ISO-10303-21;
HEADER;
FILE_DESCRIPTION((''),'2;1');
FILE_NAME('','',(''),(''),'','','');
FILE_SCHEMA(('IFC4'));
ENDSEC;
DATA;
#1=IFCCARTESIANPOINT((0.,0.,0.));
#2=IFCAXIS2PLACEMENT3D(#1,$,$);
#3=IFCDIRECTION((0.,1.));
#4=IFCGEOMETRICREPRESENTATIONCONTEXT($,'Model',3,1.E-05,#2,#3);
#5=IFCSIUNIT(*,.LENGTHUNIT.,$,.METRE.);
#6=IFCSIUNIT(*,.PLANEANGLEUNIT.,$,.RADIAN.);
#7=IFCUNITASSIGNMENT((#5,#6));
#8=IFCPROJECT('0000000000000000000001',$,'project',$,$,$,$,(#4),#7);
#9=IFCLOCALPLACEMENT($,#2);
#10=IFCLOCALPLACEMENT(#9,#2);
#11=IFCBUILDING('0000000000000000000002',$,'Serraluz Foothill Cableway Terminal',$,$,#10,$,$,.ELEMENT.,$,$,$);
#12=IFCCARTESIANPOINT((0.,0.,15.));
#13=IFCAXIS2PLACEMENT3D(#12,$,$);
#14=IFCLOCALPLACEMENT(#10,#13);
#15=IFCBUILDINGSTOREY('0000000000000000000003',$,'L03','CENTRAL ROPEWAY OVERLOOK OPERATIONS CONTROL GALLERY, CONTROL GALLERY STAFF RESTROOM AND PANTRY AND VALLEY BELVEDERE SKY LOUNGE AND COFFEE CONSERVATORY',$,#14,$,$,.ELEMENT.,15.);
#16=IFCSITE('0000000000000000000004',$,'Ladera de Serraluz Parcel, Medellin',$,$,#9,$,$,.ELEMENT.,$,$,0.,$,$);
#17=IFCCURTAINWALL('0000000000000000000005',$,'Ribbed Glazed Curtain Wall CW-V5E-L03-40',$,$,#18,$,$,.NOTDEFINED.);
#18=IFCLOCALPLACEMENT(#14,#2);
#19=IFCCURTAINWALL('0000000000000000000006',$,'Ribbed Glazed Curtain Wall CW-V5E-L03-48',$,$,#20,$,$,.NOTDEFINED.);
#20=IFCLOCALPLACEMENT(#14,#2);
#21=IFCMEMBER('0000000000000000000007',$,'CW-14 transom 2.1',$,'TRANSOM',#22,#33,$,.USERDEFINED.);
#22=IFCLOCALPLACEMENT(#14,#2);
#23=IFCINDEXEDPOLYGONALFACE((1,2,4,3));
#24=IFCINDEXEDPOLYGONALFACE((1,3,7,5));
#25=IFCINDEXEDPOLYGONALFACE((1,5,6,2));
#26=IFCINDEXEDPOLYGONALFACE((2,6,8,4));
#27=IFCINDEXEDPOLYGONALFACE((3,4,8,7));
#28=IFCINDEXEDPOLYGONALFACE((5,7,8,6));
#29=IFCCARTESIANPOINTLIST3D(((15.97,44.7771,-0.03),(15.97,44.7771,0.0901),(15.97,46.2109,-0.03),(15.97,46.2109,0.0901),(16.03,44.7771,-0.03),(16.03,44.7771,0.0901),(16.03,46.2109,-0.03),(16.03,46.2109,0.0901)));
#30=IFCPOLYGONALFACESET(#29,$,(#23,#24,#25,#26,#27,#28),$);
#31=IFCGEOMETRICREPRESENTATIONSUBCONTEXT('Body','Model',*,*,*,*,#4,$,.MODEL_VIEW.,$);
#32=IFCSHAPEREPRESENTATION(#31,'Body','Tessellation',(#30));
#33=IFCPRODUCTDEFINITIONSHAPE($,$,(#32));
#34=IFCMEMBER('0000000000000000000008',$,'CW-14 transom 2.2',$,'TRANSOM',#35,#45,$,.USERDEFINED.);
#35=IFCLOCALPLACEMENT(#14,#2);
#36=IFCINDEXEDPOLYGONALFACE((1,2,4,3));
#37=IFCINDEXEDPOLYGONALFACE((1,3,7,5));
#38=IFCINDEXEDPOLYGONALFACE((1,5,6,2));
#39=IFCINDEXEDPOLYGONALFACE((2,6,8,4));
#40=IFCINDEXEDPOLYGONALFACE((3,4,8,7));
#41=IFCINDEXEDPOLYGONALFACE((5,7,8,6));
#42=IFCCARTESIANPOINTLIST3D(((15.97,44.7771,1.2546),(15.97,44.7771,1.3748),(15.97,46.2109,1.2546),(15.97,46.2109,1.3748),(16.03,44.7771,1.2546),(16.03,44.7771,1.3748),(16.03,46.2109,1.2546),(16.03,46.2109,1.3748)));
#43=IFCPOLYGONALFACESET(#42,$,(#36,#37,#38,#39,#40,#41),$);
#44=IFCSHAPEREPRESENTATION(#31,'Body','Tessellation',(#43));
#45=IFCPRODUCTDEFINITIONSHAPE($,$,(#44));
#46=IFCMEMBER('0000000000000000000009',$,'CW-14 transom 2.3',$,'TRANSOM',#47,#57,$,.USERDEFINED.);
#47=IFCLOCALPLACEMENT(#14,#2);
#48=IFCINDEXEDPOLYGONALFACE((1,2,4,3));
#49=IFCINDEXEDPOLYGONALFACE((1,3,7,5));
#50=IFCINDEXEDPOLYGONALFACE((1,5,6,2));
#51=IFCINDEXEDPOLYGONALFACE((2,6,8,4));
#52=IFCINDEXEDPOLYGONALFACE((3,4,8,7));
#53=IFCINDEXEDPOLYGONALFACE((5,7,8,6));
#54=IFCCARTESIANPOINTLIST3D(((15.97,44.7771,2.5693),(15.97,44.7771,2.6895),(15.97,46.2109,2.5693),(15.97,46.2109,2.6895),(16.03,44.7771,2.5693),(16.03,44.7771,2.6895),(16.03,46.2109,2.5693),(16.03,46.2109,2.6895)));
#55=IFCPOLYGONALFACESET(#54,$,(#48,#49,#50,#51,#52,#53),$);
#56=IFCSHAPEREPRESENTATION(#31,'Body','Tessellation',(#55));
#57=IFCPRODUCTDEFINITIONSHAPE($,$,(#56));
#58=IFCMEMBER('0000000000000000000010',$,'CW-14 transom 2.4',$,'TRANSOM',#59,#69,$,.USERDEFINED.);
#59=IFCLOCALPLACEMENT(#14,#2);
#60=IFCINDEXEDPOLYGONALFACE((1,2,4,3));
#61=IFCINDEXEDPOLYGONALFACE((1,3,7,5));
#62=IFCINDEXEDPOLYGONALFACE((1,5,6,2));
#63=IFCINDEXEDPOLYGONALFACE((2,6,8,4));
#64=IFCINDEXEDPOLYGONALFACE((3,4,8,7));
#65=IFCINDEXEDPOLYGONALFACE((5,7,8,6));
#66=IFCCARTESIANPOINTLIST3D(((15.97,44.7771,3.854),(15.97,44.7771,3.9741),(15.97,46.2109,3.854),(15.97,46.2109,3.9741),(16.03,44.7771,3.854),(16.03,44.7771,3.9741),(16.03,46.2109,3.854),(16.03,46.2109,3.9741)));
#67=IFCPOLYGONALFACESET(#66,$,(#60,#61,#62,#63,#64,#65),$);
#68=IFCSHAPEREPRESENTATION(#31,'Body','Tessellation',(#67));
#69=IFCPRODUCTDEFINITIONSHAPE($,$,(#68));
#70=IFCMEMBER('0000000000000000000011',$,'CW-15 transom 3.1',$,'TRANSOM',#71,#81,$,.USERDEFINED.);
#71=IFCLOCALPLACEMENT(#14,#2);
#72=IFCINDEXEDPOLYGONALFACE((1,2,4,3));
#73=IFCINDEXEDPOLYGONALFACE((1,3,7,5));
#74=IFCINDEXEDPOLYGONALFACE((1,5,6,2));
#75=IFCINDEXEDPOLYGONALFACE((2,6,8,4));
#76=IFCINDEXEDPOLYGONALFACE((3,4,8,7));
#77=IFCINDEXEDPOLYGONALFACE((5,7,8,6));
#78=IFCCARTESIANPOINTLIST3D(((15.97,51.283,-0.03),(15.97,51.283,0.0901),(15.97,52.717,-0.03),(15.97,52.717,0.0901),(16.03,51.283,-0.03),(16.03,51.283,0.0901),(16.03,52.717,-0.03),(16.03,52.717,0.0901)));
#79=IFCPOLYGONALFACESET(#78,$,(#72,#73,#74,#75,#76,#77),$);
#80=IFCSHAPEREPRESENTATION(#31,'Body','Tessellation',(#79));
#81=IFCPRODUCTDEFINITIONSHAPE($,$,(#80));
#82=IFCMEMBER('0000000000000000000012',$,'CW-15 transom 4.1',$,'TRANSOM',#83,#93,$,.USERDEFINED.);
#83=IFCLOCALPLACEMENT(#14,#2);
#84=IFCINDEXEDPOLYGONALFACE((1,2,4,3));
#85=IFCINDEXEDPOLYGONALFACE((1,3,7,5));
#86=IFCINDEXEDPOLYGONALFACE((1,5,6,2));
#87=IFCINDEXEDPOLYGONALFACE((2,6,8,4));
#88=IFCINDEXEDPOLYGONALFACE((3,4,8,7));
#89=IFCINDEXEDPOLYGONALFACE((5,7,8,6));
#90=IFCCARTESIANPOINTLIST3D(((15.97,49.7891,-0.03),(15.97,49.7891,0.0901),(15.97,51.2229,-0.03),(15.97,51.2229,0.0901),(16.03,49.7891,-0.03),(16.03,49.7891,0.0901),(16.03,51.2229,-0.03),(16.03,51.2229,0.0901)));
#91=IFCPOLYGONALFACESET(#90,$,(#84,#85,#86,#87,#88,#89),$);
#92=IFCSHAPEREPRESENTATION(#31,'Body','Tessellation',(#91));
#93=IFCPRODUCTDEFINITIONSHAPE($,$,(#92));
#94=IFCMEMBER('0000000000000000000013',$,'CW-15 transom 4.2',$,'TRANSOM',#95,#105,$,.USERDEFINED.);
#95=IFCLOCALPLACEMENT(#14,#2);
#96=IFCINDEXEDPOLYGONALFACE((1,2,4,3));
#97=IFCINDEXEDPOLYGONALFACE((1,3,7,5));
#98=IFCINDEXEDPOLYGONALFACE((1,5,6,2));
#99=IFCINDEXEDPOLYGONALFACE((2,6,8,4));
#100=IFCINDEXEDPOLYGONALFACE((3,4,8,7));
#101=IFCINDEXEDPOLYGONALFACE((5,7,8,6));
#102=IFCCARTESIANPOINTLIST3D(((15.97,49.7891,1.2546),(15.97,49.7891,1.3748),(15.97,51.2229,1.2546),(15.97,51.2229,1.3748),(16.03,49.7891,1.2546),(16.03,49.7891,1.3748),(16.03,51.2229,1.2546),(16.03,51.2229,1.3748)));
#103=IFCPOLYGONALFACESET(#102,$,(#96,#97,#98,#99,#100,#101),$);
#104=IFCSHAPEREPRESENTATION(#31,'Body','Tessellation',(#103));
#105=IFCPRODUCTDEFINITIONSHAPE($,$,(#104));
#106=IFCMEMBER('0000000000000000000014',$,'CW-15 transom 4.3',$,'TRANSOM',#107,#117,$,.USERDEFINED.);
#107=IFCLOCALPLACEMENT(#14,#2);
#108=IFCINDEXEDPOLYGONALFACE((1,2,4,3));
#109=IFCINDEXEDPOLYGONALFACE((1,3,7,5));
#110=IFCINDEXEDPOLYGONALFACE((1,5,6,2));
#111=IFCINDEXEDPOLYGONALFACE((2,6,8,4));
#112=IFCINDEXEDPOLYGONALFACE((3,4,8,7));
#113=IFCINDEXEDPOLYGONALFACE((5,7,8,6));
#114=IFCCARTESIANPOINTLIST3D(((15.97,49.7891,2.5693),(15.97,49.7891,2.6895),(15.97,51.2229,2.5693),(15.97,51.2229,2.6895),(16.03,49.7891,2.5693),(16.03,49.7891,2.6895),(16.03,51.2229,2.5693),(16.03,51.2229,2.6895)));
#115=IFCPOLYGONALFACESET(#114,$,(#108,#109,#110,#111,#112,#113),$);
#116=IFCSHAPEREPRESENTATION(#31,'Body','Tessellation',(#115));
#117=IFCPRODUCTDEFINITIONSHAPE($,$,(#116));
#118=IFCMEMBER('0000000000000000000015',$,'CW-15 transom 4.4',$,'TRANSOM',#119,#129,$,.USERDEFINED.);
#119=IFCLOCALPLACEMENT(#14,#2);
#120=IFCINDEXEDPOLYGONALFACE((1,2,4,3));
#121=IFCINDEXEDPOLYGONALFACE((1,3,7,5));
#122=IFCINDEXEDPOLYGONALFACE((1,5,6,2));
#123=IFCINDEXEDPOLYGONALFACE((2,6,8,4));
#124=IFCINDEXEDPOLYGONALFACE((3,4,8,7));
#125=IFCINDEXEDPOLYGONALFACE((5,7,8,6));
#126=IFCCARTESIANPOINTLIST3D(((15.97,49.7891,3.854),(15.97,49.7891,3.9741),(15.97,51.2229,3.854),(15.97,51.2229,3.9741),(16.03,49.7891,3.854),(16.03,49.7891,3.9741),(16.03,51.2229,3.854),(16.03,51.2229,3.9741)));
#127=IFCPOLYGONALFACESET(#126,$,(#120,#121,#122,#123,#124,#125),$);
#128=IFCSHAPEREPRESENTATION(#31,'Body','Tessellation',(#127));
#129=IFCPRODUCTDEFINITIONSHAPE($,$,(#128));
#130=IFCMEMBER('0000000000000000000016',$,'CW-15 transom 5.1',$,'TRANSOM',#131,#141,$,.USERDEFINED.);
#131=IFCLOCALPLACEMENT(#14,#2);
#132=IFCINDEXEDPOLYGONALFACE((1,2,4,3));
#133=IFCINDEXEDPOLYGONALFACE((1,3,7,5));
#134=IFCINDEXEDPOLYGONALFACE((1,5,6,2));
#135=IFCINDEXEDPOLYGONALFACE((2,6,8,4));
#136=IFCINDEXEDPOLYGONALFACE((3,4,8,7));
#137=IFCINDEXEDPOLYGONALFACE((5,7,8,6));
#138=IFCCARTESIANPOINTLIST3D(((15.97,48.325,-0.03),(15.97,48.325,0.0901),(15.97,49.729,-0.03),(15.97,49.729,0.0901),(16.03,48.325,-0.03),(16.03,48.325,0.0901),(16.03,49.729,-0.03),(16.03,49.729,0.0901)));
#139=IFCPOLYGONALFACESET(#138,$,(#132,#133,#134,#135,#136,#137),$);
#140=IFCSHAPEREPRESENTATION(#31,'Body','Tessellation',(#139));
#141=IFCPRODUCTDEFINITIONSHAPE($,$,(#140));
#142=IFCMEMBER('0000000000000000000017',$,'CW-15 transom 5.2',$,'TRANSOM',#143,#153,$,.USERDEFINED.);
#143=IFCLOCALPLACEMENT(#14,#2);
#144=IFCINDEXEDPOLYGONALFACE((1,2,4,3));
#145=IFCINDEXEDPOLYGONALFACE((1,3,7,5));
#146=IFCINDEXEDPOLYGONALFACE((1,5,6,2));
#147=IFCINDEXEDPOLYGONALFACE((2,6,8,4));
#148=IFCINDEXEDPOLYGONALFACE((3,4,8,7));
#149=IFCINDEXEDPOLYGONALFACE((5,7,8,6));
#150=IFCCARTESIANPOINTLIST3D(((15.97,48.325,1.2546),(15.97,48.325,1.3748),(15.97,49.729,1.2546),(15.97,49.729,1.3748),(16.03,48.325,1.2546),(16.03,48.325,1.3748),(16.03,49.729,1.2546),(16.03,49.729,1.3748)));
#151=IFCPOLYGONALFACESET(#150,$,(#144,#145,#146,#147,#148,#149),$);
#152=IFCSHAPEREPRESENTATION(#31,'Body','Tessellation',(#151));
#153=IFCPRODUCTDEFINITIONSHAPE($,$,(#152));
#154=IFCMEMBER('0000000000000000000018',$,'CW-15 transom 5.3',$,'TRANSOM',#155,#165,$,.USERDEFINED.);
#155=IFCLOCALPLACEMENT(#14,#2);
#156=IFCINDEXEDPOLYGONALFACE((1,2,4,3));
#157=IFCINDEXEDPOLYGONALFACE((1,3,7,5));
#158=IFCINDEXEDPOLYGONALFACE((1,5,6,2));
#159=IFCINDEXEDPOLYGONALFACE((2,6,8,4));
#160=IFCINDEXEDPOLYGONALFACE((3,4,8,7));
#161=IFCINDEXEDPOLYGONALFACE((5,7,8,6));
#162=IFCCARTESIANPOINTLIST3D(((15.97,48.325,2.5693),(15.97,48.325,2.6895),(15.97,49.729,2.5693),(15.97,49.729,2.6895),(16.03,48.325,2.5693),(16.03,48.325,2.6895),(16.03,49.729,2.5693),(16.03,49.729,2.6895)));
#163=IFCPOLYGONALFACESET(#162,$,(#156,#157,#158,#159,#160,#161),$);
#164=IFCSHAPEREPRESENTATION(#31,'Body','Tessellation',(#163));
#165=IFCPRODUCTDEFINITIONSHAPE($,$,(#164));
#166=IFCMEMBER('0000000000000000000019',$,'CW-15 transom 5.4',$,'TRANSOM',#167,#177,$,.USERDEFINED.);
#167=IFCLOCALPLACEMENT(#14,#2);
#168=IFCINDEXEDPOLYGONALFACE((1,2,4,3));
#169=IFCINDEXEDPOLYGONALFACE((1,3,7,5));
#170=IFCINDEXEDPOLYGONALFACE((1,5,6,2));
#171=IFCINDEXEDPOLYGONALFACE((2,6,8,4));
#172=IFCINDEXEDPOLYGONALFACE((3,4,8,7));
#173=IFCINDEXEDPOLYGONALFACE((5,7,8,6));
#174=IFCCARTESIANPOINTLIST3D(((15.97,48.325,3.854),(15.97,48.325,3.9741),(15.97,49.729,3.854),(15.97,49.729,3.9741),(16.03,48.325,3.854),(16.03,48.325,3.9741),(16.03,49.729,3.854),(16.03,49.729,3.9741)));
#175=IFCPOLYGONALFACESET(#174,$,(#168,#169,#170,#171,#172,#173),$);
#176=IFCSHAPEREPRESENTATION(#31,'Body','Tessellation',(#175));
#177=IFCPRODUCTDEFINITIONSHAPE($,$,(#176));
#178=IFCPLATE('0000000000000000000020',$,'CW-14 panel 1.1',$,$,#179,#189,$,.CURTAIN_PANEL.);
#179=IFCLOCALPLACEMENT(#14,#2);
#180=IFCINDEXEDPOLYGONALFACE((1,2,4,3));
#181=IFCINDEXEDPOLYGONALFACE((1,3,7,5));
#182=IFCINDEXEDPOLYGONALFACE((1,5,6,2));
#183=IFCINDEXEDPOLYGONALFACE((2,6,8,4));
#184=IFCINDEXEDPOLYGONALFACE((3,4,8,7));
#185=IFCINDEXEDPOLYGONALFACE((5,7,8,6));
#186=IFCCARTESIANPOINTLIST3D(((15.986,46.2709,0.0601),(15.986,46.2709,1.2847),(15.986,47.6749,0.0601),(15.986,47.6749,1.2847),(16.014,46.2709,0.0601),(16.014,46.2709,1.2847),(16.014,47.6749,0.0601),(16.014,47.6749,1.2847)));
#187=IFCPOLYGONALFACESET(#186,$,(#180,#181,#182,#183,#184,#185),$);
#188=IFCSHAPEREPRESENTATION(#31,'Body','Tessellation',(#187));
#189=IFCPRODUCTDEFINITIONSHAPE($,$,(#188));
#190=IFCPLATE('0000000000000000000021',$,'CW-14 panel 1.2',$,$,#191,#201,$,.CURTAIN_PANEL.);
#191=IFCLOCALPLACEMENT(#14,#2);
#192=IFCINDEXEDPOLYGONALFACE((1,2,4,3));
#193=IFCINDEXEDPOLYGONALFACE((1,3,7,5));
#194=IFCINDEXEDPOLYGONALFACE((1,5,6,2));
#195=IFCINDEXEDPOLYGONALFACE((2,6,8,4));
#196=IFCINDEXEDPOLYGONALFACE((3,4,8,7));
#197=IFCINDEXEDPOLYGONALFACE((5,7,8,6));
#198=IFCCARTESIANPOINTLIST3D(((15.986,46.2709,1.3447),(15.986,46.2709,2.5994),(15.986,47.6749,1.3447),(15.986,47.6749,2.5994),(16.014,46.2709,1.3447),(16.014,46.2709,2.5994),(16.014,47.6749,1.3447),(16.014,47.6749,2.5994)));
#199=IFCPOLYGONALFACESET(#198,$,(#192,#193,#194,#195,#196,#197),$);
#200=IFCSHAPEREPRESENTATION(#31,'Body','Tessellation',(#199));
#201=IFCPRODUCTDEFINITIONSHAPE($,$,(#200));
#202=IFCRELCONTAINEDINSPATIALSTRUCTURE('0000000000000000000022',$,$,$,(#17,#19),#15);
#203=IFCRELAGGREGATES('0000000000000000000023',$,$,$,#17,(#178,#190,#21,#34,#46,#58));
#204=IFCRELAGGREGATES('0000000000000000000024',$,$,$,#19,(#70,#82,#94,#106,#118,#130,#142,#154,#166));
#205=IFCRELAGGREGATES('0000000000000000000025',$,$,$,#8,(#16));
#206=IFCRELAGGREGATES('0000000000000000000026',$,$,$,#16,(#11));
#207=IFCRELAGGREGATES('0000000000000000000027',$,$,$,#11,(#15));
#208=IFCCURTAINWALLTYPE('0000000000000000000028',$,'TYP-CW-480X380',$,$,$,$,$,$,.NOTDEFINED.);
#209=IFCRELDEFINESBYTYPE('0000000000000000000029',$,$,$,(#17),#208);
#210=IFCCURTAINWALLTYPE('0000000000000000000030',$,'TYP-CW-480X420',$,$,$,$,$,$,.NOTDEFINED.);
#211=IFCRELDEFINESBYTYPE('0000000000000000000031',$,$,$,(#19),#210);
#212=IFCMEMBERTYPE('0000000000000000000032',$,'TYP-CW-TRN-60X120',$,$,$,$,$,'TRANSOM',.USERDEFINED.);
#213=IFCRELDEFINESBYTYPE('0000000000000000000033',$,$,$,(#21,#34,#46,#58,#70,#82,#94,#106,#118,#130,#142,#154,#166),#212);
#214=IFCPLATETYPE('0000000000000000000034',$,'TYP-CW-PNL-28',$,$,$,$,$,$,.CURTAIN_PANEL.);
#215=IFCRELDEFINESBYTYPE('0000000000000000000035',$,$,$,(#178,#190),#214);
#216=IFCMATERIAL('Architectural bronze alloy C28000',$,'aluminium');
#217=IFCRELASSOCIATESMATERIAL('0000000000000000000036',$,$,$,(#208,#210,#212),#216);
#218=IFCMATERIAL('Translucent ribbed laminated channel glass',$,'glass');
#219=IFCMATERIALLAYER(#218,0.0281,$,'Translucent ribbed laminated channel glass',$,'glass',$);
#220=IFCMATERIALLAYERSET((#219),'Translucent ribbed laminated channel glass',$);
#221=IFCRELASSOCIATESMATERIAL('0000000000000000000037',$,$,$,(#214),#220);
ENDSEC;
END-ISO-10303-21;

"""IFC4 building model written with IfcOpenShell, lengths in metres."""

from ifc_helpers import new_model, si_unit, direction, frame, origin, origin_2d, place, context, subcontext, project, spatial, rectangle, extrude, material, layer, layer_set, material_profile, profile_set, type_object, element, aggregate, save


model = new_model("IFC4")

# Units and contexts
model_context = context("Model", 3, precision=1e-05, world=origin(), true_north=direction((0.0, 1.0)))
body_context = subcontext(model_context, "Body", "Model", "MODEL_VIEW")
ifc_project = project(units=[si_unit("LENGTHUNIT", "METRE"), si_unit("PLANEANGLEUNIT", "RADIAN")], contexts=[model_context])

# Site, building, storey
site_placement = place(None, origin())
site = spatial("IfcSite", under=ifc_project, at=site_placement, Name="Ladera de Serraluz Parcel, Medellin", CompositionType="ELEMENT", RefElevation=0.0)
building_placement = place(site_placement, origin())
building = spatial("IfcBuilding", under=site, at=building_placement, Name="Serraluz Foothill Cableway Terminal", CompositionType="ELEMENT")
storey_placement = place(building_placement, frame((0.0, 0.0, 15.0)))
storey = spatial("IfcBuildingStorey", under=building, at=storey_placement, Name="L03", Description="CENTRAL ROPEWAY OVERLOOK OPERATIONS CONTROL GALLERY, CONTROL GALLERY STAFF RESTROOM AND PANTRY AND VALLEY BELVEDERE SKY LOUNGE AND COFFEE CONSERVATORY", CompositionType="ELEMENT", Elevation=15.0)

# Curtain walls
ifc_material_1 = material(Name="Architectural bronze alloy C28000", Category="aluminium")
curtain_wall_type_1 = type_object("IfcCurtainWallType", Name="TYP-CW-480X380", PredefinedType="NOTDEFINED", material=ifc_material_1)
curtain_wall_1_placement = place(storey_placement, origin())
curtain_wall_1 = element("IfcCurtainWall", 1, at=curtain_wall_1_placement, inside=storey, type_object=curtain_wall_type_1, Name="Ribbed Glazed Curtain Wall CW-V5E-L03-40", PredefinedType="NOTDEFINED")
curtain_wall_type_2 = type_object("IfcCurtainWallType", Name="TYP-CW-480X420", PredefinedType="NOTDEFINED", material=ifc_material_1)
curtain_wall_2_placement = place(storey_placement, origin())
curtain_wall_2 = element("IfcCurtainWall", 2, at=curtain_wall_2_placement, inside=storey, type_object=curtain_wall_type_2, Name="Ribbed Glazed Curtain Wall CW-V5E-L03-48", PredefinedType="NOTDEFINED")

# Members
ifc_material_profile_1 = material_profile(ifc_material_1, rectangle(XDim=0.0601, YDim=0.1201, at=origin_2d()), Name="ALU TRANSOM 60x120")
ifc_profile_set_1 = profile_set([ifc_material_profile_1], Name="Architectural bronze alloy C28000")
member_type_1 = type_object("IfcMemberType", Name="TYP-CW-TRN-60X120", ElementType="TRANSOM", PredefinedType="USERDEFINED", material=ifc_profile_set_1)
member_1_placement = place(storey_placement, frame((16.0, 46.2109, 0.03), z_axis=(0.0, -1.0, 0.0), x_axis=(1.0, 0.0, 0.0)))
member_1 = element("IfcMember", 3, at=member_1_placement, type_object=member_type_1, Name="CW-14 transom 2.1", ObjectType="TRANSOM", PredefinedType="USERDEFINED", context=body_context, shape_type="SweptSolid", body=[
    extrude(rectangle(XDim=0.0601, YDim=0.1201, at=origin_2d()), origin(), (0.0, 0.0, 1.0), 1.4338),
])
member_2_placement = place(storey_placement, frame((16.0, 46.2109, 1.3147), z_axis=(0.0, -1.0, 0.0), x_axis=(1.0, 0.0, 0.0)))
member_2 = element("IfcMember", 4, at=member_2_placement, type_object=member_type_1, Name="CW-14 transom 2.2", ObjectType="TRANSOM", PredefinedType="USERDEFINED", context=body_context, shape_type="SweptSolid", body=[
    extrude(rectangle(XDim=0.0601, YDim=0.1201, at=origin_2d()), origin(), (0.0, 0.0, 1.0), 1.4338),
])
member_3_placement = place(storey_placement, frame((16.0, 46.2109, 2.6294), z_axis=(0.0, -1.0, 0.0), x_axis=(1.0, 0.0, 0.0)))
member_3 = element("IfcMember", 5, at=member_3_placement, type_object=member_type_1, Name="CW-14 transom 2.3", ObjectType="TRANSOM", PredefinedType="USERDEFINED", context=body_context, shape_type="SweptSolid", body=[
    extrude(rectangle(XDim=0.0601, YDim=0.1201, at=origin_2d()), origin(), (0.0, 0.0, 1.0), 1.4338),
])
member_4_placement = place(storey_placement, frame((16.0, 46.2109, 3.9141), z_axis=(0.0, -1.0, 0.0), x_axis=(1.0, 0.0, 0.0)))
member_4 = element("IfcMember", 6, at=member_4_placement, type_object=member_type_1, Name="CW-14 transom 2.4", ObjectType="TRANSOM", PredefinedType="USERDEFINED", context=body_context, shape_type="SweptSolid", body=[
    extrude(rectangle(XDim=0.0601, YDim=0.1201, at=origin_2d()), origin(), (0.0, 0.0, 1.0), 1.4338),
])
member_5_placement = place(storey_placement, frame((16.0, 52.717, 0.03), z_axis=(0.0, -1.0, 0.0), x_axis=(1.0, 0.0, 0.0)))
member_5 = element("IfcMember", 7, at=member_5_placement, type_object=member_type_1, Name="CW-15 transom 3.1", ObjectType="TRANSOM", PredefinedType="USERDEFINED", context=body_context, shape_type="SweptSolid", body=[
    extrude(rectangle(XDim=0.0601, YDim=0.1201, at=origin_2d()), origin(), (0.0, 0.0, 1.0), 1.4341),
])
member_6_placement = place(storey_placement, frame((16.0, 51.2229, 0.03), z_axis=(0.0, -1.0, 0.0), x_axis=(1.0, 0.0, 0.0)))
member_6 = element("IfcMember", 8, at=member_6_placement, type_object=member_type_1, Name="CW-15 transom 4.1", ObjectType="TRANSOM", PredefinedType="USERDEFINED", context=body_context, shape_type="SweptSolid", body=[
    extrude(rectangle(XDim=0.0601, YDim=0.1201, at=origin_2d()), origin(), (0.0, 0.0, 1.0), 1.4338),
])
member_7_placement = place(storey_placement, frame((16.0, 51.2229, 1.3147), z_axis=(0.0, -1.0, 0.0), x_axis=(1.0, 0.0, 0.0)))
member_7 = element("IfcMember", 9, at=member_7_placement, type_object=member_type_1, Name="CW-15 transom 4.2", ObjectType="TRANSOM", PredefinedType="USERDEFINED", context=body_context, shape_type="SweptSolid", body=[
    extrude(rectangle(XDim=0.0601, YDim=0.1201, at=origin_2d()), origin(), (0.0, 0.0, 1.0), 1.4338),
])
member_8_placement = place(storey_placement, frame((16.0, 51.2229, 2.6294), z_axis=(0.0, -1.0, 0.0), x_axis=(1.0, 0.0, 0.0)))
member_8 = element("IfcMember", 10, at=member_8_placement, type_object=member_type_1, Name="CW-15 transom 4.3", ObjectType="TRANSOM", PredefinedType="USERDEFINED", context=body_context, shape_type="SweptSolid", body=[
    extrude(rectangle(XDim=0.0601, YDim=0.1201, at=origin_2d()), origin(), (0.0, 0.0, 1.0), 1.4338),
])
member_9_placement = place(storey_placement, frame((16.0, 51.2229, 3.9141), z_axis=(0.0, -1.0, 0.0), x_axis=(1.0, 0.0, 0.0)))
member_9 = element("IfcMember", 11, at=member_9_placement, type_object=member_type_1, Name="CW-15 transom 4.4", ObjectType="TRANSOM", PredefinedType="USERDEFINED", context=body_context, shape_type="SweptSolid", body=[
    extrude(rectangle(XDim=0.0601, YDim=0.1201, at=origin_2d()), origin(), (0.0, 0.0, 1.0), 1.4338),
])
member_10_placement = place(storey_placement, frame((16.0, 49.729, 0.03), z_axis=(0.0, -1.0, 0.0), x_axis=(1.0, 0.0, 0.0)))
member_10 = element("IfcMember", 12, at=member_10_placement, type_object=member_type_1, Name="CW-15 transom 5.1", ObjectType="TRANSOM", PredefinedType="USERDEFINED", context=body_context, shape_type="SweptSolid", body=[
    extrude(rectangle(XDim=0.0601, YDim=0.1201, at=origin_2d()), origin(), (0.0, 0.0, 1.0), 1.4041),
])
member_11_placement = place(storey_placement, frame((16.0, 49.729, 1.3147), z_axis=(0.0, -1.0, 0.0), x_axis=(1.0, 0.0, 0.0)))
member_11 = element("IfcMember", 13, at=member_11_placement, type_object=member_type_1, Name="CW-15 transom 5.2", ObjectType="TRANSOM", PredefinedType="USERDEFINED", context=body_context, shape_type="SweptSolid", body=[
    extrude(rectangle(XDim=0.0601, YDim=0.1201, at=origin_2d()), origin(), (0.0, 0.0, 1.0), 1.4041),
])
member_12_placement = place(storey_placement, frame((16.0, 49.729, 2.6294), z_axis=(0.0, -1.0, 0.0), x_axis=(1.0, 0.0, 0.0)))
member_12 = element("IfcMember", 14, at=member_12_placement, type_object=member_type_1, Name="CW-15 transom 5.3", ObjectType="TRANSOM", PredefinedType="USERDEFINED", context=body_context, shape_type="SweptSolid", body=[
    extrude(rectangle(XDim=0.0601, YDim=0.1201, at=origin_2d()), origin(), (0.0, 0.0, 1.0), 1.4041),
])
member_13_placement = place(storey_placement, frame((16.0, 49.729, 3.9141), z_axis=(0.0, -1.0, 0.0), x_axis=(1.0, 0.0, 0.0)))
member_13 = element("IfcMember", 15, at=member_13_placement, type_object=member_type_1, Name="CW-15 transom 5.4", ObjectType="TRANSOM", PredefinedType="USERDEFINED", context=body_context, shape_type="SweptSolid", body=[
    extrude(rectangle(XDim=0.0601, YDim=0.1201, at=origin_2d()), origin(), (0.0, 0.0, 1.0), 1.4041),
])

# Plates
ifc_material_2 = material(Name="Translucent ribbed laminated channel glass", Category="glass")
ifc_layer_1 = layer(ifc_material_2, 0.0281, Name="Translucent ribbed laminated channel glass", Category="glass")
ifc_layer_set_1 = layer_set([ifc_layer_1], Name="Translucent ribbed laminated channel glass")
plate_type_1 = type_object("IfcPlateType", Name="TYP-CW-PNL-28", PredefinedType="CURTAIN_PANEL", material=ifc_layer_set_1)
plate_1_placement = place(storey_placement, frame((16.0, 46.9729, 0.0601), z_axis=(0.0, 0.0, 1.0), x_axis=(0.0, -1.0, 0.0)))
plate_1 = element("IfcPlate", 16, at=plate_1_placement, type_object=plate_type_1, Name="CW-14 panel 1.1", PredefinedType="CURTAIN_PANEL", context=body_context, shape_type="SweptSolid", body=[
    extrude(rectangle(XDim=1.4041, YDim=0.0281, at=origin_2d()), origin(), (0.0, 0.0, 1.0), 1.2246),
])
plate_2_placement = place(storey_placement, frame((16.0, 46.9729, 1.3447), z_axis=(0.0, 0.0, 1.0), x_axis=(0.0, -1.0, 0.0)))
plate_2 = element("IfcPlate", 17, at=plate_2_placement, type_object=plate_type_1, Name="CW-14 panel 1.2", PredefinedType="CURTAIN_PANEL", context=body_context, shape_type="SweptSolid", body=[
    extrude(rectangle(XDim=1.4041, YDim=0.0281, at=origin_2d()), origin(), (0.0, 0.0, 1.0), 1.2546),
])
aggregate(curtain_wall_1, [plate_1, plate_2, member_1, member_2, member_3, member_4])
aggregate(curtain_wall_2, [member_5, member_6, member_7, member_8, member_9, member_10, member_11, member_12, member_13])

save(model, "model.ifc")
